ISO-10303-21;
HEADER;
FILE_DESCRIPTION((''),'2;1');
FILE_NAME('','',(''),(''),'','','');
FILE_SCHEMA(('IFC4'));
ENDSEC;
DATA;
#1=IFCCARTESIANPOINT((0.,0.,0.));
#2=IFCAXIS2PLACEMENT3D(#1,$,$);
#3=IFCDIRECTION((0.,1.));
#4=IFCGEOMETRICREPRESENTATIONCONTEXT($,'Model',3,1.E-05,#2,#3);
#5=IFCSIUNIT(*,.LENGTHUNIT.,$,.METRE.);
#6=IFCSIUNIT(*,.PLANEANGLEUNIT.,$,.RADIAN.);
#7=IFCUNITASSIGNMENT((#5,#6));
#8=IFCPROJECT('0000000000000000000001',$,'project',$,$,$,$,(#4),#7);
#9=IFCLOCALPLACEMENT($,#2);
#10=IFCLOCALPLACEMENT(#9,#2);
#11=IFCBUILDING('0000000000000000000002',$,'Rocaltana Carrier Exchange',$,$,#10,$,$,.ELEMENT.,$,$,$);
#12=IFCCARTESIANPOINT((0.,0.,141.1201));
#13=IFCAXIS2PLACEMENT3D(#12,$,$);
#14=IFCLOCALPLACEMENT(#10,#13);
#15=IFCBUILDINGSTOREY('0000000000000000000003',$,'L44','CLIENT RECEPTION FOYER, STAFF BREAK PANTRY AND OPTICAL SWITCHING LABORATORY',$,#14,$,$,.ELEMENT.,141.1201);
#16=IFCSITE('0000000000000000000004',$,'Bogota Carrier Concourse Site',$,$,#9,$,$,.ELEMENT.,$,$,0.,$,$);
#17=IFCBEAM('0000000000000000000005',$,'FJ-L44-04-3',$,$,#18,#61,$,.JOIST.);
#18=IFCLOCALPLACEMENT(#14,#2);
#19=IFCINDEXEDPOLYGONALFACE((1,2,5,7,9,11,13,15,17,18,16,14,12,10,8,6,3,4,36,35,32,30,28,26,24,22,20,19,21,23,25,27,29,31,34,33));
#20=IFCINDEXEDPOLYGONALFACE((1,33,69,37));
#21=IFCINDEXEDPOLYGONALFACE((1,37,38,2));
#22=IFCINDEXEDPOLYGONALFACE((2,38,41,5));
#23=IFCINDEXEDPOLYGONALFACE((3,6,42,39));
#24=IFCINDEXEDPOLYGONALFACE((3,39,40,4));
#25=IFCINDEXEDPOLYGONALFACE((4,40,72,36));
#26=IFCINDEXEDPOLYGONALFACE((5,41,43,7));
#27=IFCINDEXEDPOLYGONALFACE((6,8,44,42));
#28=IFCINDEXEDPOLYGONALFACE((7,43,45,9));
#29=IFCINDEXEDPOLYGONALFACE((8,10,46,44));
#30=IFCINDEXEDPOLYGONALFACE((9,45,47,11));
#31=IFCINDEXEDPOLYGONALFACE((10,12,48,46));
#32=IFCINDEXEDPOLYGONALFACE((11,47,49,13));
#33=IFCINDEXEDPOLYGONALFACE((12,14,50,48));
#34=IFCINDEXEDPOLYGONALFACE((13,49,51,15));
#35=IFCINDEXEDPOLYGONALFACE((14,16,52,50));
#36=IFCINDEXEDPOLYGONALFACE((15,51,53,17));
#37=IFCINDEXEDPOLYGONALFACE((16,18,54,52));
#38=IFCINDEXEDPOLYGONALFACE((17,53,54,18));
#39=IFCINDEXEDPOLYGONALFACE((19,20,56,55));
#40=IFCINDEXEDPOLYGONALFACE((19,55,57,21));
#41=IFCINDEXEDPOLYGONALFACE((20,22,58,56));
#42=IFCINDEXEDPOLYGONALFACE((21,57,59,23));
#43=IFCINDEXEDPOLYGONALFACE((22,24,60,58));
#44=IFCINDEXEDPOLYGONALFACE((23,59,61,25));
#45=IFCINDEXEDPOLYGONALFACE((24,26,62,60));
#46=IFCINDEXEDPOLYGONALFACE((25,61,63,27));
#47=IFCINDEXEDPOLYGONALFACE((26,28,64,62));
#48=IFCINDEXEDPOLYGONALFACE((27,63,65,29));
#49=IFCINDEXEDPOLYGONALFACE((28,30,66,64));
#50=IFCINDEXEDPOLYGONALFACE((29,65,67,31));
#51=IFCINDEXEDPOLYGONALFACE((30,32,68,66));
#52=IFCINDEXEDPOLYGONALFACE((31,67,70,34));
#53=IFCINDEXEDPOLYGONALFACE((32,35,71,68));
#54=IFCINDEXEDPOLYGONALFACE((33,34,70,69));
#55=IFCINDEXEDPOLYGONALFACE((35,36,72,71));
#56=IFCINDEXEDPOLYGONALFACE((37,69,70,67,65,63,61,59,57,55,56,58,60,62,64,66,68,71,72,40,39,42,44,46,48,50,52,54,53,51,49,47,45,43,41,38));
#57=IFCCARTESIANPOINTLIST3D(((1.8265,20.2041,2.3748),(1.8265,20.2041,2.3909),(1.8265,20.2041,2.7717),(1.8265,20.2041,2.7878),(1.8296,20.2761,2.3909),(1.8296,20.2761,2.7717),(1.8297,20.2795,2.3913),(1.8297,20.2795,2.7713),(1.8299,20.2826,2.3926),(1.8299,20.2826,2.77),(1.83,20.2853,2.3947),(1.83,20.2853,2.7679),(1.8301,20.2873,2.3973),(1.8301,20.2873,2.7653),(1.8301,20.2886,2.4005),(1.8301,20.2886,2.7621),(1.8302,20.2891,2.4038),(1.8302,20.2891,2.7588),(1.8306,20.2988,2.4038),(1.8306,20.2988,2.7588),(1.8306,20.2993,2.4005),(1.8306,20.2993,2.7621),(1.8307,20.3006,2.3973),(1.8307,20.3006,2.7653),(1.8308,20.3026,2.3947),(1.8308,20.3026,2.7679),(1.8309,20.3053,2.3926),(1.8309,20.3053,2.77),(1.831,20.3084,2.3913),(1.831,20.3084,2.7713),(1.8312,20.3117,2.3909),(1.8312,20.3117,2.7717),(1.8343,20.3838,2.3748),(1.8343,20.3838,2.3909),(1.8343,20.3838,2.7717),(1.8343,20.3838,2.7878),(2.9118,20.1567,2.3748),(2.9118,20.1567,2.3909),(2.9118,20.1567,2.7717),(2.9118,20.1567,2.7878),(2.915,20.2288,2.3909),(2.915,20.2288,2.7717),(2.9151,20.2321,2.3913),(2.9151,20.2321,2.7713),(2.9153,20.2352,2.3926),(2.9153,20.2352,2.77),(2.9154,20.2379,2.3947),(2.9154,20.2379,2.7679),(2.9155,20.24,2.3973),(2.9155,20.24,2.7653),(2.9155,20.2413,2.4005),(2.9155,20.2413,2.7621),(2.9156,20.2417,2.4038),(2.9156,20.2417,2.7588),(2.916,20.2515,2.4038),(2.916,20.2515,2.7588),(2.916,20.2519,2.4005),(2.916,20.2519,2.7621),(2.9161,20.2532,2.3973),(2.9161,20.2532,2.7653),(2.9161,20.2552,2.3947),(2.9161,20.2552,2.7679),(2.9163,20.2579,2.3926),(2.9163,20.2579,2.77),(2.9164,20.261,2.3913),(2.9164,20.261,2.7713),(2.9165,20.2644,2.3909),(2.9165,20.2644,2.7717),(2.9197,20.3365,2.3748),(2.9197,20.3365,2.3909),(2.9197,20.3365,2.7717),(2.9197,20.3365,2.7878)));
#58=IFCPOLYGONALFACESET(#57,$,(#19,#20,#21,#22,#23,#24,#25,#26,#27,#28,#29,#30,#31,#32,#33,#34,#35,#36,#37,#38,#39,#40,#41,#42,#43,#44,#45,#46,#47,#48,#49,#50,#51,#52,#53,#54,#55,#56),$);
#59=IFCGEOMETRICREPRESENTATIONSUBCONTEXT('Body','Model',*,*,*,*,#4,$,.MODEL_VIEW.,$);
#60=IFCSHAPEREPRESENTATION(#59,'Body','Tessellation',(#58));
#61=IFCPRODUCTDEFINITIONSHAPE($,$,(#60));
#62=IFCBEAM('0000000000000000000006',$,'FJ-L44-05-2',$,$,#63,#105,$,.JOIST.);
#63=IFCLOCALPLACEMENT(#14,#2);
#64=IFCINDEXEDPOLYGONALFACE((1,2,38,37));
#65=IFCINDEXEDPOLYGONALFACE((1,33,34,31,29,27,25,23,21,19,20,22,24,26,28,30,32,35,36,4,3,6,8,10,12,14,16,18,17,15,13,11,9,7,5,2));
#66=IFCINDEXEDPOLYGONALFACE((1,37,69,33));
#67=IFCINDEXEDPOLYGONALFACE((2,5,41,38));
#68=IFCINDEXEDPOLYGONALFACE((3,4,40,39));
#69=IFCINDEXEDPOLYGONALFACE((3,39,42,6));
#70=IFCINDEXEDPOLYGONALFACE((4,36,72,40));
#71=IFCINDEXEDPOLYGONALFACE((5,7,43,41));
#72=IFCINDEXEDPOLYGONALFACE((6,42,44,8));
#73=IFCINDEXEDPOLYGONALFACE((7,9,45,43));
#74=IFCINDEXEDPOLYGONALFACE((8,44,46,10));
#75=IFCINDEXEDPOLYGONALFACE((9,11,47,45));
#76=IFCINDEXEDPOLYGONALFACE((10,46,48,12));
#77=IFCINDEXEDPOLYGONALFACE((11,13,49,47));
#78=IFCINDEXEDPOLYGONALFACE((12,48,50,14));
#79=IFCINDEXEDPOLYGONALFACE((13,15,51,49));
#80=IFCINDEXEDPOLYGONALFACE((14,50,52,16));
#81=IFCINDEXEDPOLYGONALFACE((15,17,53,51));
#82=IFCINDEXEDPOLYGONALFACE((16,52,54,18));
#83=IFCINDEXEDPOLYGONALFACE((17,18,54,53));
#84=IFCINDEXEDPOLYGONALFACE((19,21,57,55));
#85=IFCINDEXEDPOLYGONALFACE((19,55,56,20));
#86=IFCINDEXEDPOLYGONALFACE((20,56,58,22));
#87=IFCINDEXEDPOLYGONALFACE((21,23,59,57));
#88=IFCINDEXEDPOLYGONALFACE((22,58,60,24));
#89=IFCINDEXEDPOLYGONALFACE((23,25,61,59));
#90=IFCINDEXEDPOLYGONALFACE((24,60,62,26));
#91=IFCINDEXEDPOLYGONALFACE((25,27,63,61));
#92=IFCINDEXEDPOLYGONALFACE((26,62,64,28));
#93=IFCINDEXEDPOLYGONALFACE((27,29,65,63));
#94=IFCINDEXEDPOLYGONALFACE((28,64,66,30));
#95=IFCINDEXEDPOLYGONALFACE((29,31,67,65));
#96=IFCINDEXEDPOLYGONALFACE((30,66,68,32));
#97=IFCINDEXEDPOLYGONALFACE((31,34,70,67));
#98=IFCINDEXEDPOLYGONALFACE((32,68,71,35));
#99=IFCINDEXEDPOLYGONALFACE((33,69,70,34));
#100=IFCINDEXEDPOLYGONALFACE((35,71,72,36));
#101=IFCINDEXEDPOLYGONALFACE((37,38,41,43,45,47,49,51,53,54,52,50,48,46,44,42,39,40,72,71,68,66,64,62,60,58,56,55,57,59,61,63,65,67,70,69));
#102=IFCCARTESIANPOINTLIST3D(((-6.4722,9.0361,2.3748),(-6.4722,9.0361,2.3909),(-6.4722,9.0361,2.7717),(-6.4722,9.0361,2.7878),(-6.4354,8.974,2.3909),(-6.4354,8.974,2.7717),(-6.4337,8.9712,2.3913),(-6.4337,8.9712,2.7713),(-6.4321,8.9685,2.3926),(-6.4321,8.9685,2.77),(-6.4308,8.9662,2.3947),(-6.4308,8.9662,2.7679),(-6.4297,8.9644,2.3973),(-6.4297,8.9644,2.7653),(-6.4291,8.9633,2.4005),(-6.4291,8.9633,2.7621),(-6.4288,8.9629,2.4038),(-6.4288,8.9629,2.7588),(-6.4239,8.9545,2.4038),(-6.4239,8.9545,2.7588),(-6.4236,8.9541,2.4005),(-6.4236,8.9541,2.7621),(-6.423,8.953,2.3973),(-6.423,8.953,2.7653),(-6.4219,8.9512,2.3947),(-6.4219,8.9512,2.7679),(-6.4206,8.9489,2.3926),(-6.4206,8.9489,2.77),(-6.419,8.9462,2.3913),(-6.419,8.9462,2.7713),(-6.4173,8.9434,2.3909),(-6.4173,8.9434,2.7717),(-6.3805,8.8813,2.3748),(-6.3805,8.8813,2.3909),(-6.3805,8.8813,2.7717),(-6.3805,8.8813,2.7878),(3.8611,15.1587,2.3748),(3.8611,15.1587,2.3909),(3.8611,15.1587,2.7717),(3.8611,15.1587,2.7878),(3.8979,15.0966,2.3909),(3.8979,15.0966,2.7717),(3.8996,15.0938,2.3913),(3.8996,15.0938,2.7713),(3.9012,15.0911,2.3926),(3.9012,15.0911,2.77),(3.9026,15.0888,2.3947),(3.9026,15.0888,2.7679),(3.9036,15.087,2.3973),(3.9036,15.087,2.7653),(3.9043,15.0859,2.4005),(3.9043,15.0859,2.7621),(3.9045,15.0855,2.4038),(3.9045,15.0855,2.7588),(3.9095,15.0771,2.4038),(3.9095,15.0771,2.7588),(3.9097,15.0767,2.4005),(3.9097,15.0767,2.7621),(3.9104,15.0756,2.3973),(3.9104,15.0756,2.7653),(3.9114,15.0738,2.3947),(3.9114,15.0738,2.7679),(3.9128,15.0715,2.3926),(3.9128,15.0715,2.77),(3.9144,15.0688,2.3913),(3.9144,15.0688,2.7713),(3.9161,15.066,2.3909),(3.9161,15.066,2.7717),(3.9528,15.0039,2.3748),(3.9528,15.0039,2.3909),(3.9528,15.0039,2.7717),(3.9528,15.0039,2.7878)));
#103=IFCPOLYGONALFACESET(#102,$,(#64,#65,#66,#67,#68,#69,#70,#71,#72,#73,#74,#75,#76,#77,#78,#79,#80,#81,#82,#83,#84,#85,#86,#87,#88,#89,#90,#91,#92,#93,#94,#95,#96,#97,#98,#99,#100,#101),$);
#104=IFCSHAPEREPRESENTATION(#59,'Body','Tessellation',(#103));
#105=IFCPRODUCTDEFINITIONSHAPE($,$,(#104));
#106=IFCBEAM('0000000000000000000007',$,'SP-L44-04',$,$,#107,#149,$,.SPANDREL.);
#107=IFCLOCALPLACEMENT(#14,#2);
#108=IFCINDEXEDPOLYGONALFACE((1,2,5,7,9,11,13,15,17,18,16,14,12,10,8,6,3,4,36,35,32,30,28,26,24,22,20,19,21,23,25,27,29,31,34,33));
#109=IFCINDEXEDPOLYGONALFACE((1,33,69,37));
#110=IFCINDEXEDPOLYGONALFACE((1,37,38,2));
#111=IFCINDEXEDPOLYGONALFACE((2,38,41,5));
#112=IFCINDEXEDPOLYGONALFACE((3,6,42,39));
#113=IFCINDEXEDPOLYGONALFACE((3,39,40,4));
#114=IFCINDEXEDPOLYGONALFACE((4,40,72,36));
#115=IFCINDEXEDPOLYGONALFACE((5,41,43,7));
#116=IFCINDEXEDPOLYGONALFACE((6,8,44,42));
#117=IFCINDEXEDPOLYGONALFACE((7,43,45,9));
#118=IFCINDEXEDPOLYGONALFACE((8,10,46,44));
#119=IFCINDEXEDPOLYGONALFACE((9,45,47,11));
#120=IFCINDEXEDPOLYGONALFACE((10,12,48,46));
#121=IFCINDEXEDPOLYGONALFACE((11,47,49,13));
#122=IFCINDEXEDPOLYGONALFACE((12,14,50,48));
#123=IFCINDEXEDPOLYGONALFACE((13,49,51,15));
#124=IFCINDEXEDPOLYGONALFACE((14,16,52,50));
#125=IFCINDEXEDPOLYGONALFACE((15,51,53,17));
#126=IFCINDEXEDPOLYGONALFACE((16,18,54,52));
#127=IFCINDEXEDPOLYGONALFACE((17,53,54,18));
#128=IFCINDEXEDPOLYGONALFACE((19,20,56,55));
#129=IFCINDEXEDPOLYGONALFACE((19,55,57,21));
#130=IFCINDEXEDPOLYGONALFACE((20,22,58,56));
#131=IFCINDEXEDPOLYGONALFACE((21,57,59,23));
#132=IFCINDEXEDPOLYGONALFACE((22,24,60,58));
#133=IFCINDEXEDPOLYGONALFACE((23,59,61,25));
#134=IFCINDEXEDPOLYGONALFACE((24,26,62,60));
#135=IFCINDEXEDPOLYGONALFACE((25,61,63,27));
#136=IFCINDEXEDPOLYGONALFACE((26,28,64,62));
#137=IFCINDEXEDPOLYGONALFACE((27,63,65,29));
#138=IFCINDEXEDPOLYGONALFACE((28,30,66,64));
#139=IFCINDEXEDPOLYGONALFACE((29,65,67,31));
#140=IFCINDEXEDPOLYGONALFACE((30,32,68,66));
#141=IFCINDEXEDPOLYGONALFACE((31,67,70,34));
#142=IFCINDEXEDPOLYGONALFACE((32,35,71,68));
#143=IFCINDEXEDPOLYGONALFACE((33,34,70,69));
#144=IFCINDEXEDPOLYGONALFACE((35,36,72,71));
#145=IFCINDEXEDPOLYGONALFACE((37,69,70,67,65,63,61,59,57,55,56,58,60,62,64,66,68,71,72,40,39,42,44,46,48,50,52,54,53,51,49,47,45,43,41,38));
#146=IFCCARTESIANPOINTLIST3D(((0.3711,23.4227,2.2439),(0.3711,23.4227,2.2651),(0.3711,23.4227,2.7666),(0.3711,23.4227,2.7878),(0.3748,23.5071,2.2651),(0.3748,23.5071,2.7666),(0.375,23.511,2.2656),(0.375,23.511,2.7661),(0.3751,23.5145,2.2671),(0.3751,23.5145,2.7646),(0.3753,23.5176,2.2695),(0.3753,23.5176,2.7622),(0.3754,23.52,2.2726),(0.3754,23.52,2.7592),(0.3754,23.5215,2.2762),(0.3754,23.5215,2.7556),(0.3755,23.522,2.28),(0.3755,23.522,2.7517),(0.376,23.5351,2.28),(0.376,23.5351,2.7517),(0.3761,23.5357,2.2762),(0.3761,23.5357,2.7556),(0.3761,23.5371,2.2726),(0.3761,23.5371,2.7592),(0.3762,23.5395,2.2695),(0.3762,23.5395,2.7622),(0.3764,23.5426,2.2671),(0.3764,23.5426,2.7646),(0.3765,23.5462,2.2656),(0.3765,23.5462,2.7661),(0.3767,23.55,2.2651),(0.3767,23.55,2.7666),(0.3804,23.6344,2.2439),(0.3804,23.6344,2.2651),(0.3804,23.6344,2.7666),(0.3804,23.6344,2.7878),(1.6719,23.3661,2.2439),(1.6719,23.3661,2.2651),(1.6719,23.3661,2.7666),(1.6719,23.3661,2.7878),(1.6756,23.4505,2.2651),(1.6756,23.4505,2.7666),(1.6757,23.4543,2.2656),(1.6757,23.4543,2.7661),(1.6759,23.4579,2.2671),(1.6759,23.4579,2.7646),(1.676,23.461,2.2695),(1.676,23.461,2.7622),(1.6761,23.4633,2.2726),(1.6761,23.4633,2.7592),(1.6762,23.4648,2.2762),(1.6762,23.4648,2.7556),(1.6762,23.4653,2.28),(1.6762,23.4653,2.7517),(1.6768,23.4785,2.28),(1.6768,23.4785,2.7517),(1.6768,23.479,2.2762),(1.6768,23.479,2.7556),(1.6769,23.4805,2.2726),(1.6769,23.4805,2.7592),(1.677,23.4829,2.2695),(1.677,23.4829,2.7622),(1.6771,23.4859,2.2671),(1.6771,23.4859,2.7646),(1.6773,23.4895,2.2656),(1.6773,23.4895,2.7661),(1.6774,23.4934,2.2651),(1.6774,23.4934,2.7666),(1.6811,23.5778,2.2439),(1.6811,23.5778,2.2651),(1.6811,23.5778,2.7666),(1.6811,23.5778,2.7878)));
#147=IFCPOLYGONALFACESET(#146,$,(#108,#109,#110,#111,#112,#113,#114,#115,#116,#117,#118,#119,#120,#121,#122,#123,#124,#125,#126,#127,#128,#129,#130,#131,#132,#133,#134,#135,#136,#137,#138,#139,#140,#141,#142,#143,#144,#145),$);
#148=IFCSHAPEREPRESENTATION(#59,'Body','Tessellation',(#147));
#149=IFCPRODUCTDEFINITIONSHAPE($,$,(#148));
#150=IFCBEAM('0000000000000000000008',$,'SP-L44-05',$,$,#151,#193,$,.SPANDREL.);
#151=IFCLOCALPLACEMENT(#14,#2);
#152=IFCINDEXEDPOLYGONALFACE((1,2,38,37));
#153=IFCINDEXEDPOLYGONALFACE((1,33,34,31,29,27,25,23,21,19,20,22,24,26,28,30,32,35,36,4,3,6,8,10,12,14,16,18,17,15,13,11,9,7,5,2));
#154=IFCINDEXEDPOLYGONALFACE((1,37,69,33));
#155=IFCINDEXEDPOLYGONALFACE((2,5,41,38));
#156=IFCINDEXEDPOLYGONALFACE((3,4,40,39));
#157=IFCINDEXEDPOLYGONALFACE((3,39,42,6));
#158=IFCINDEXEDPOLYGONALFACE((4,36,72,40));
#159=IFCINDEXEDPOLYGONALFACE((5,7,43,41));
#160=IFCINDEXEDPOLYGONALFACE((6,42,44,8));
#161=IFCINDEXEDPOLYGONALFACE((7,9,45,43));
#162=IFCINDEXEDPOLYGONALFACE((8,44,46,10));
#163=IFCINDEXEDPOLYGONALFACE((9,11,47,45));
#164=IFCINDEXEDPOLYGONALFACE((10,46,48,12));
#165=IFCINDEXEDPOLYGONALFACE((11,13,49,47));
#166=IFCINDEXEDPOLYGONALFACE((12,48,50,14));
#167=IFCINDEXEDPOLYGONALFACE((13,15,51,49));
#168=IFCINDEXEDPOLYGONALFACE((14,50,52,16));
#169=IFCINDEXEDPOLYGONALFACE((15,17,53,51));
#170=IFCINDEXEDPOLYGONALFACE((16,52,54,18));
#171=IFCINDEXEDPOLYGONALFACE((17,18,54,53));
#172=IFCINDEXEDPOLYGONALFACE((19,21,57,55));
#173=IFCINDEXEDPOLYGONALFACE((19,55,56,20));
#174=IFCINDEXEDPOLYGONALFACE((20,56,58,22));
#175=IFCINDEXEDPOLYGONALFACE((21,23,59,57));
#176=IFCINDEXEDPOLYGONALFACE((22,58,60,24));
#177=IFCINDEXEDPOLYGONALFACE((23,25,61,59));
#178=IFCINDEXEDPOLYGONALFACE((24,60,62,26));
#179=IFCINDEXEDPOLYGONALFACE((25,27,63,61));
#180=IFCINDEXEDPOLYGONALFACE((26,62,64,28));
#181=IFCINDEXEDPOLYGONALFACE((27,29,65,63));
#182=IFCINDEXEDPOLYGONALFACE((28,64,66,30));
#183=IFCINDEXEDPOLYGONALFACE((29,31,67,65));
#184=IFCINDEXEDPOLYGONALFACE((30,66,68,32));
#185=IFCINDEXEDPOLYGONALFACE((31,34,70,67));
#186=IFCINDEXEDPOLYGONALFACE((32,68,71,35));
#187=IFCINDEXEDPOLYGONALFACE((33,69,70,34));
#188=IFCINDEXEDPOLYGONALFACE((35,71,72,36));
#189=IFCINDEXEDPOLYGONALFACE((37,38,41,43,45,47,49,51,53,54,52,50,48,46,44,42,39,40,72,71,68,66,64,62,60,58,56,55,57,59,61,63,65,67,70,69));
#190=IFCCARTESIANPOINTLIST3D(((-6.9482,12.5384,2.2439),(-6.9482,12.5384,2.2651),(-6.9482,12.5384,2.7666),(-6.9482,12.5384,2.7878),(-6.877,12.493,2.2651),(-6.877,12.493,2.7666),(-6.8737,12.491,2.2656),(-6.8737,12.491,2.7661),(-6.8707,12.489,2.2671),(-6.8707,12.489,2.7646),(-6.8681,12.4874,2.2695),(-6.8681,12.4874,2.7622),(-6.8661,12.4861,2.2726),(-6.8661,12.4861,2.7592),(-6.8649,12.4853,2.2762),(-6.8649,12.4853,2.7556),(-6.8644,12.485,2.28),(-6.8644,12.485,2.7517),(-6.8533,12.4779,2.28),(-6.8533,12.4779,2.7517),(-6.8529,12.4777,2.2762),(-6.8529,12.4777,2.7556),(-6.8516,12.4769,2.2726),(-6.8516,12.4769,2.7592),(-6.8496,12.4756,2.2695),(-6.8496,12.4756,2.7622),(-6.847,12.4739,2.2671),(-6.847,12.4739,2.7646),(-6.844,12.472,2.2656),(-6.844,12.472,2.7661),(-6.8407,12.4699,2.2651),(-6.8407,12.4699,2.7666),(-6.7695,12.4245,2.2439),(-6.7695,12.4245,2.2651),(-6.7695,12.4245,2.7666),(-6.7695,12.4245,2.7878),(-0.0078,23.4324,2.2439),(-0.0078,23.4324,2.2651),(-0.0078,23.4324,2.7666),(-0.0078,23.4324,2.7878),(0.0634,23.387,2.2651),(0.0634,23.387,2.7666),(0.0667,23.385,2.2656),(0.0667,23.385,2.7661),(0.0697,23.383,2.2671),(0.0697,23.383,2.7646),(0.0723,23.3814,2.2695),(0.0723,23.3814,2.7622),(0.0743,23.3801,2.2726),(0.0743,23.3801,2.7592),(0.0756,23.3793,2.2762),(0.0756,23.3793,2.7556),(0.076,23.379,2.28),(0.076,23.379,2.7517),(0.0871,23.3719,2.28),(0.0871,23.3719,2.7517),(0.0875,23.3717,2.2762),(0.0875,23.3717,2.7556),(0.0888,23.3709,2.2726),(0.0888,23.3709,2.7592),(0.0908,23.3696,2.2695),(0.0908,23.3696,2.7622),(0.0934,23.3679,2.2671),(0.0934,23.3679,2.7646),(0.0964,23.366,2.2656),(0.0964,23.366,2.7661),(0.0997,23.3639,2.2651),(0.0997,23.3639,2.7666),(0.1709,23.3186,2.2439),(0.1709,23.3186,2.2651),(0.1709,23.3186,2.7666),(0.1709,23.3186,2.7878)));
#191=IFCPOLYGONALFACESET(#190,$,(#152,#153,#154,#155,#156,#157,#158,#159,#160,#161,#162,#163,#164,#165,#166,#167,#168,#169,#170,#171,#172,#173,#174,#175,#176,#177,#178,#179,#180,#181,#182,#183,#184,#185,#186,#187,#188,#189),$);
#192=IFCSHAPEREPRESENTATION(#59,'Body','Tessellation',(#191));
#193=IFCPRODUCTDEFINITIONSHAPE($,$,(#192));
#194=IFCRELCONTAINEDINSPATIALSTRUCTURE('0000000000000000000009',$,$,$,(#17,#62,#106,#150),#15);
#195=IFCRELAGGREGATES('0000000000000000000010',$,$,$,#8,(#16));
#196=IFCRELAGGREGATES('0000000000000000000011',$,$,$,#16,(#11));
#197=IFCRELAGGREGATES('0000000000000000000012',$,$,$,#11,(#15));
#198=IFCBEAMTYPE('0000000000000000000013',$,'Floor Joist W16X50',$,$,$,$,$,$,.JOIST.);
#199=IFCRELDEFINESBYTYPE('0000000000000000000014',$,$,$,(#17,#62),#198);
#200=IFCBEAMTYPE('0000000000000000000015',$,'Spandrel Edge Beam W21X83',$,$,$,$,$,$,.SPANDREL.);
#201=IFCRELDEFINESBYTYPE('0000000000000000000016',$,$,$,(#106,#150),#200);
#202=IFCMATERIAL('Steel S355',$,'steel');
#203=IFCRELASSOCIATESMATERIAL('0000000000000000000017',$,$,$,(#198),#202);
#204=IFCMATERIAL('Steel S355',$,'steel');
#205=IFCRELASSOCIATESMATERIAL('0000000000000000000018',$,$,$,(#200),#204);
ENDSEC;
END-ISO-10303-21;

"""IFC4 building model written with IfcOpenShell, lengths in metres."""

from ifc_helpers import new_model, si_unit, direction, frame, origin, origin_2d, place, context, subcontext, project, spatial, i_section, extrude, material, material_profile, profile_set, type_object, element, save


model = new_model("IFC4")

# Units and contexts
model_context = context("Model", 3, precision=1e-05, world=origin(), true_north=direction((0.0, 1.0)))
body_context = subcontext(model_context, "Body", "Model", "MODEL_VIEW")
ifc_project = project(units=[si_unit("LENGTHUNIT", "METRE"), si_unit("PLANEANGLEUNIT", "RADIAN")], contexts=[model_context])

# Site, building, storey
site_placement = place(None, origin())
site = spatial("IfcSite", under=ifc_project, at=site_placement, Name="Bogota Carrier Concourse Site", CompositionType="ELEMENT", RefElevation=0.0)
building_placement = place(site_placement, origin())
building = spatial("IfcBuilding", under=site, at=building_placement, Name="Rocaltana Carrier Exchange", CompositionType="ELEMENT")
storey_placement = place(building_placement, frame((0.0, 0.0, 141.1201)))
storey = spatial("IfcBuildingStorey", under=building, at=storey_placement, Name="L44", Description="CLIENT RECEPTION FOYER, STAFF BREAK PANTRY AND OPTICAL SWITCHING LABORATORY", CompositionType="ELEMENT", Elevation=141.1201)

# Beams
ifc_material_1 = material(Name="Steel S355", Category="steel")
ifc_material_profile_1 = material_profile(ifc_material_1, i_section(OverallWidth=0.1799, OverallDepth=0.4131, WebThickness=0.0098, FlangeThickness=0.0161, FilletRadius=0.0129, at=origin_2d()), Name="W16X50")
ifc_profile_set_1 = profile_set([ifc_material_profile_1], Name="Steel S355")
beam_type_1 = type_object("IfcBeamType", Name="Floor Joist W16X50", PredefinedType="JOIST", material=ifc_profile_set_1)
beam_1_placement = place(storey_placement, frame((2.9158, 20.2466, 2.5813), z_axis=(-0.999049, 0.043593, 0.0), x_axis=(-0.043593, -0.999049, 0.0)))
element("IfcBeam", 1, at=beam_1_placement, inside=storey, type_object=beam_type_1, Name="FJ-L44-04-3", PredefinedType="JOIST", context=body_context, shape_type="SweptSolid", body=[
    extrude(i_section(OverallWidth=0.1799, OverallDepth=0.4131, WebThickness=0.0098, FlangeThickness=0.0161, FilletRadius=0.0129, at=origin_2d()), origin(), (0.0, 0.0, 1.0), 1.0864),
])
beam_2_placement = place(storey_placement, frame((3.907, 15.0813, 2.5813), z_axis=(-0.860323, -0.50975, 0.0), x_axis=(0.50975, -0.860323, 0.0)))
element("IfcBeam", 2, at=beam_2_placement, inside=storey, type_object=beam_type_1, Name="FJ-L44-05-2", PredefinedType="JOIST", context=body_context, shape_type="SweptSolid", body=[
    extrude(i_section(OverallWidth=0.1799, OverallDepth=0.4131, WebThickness=0.0098, FlangeThickness=0.0161, FilletRadius=0.0129, at=origin_2d()), origin(), (0.0, 0.0, 1.0), 12.011),
])
ifc_material_2 = material(Name="Steel S355", Category="steel")
ifc_material_profile_2 = material_profile(ifc_material_2, i_section(OverallWidth=0.2119, OverallDepth=0.5439, WebThickness=0.0132, FlangeThickness=0.0212, FilletRadius=0.0149, at=origin_2d()), Name="W21X83")
ifc_profile_set_2 = profile_set([ifc_material_profile_2], Name="Steel S355")
beam_type_2 = type_object("IfcBeamType", Name="Spandrel Edge Beam W21X83", PredefinedType="SPANDREL", material=ifc_profile_set_2)
beam_3_placement = place(storey_placement, frame((1.6765, 23.4719, 2.5159), z_axis=(-0.999053, 0.043502, 0.0), x_axis=(-0.043502, -0.999053, 0.0)))
element("IfcBeam", 3, at=beam_3_placement, inside=storey, type_object=beam_type_2, Name="SP-L44-04", PredefinedType="SPANDREL", context=body_context, shape_type="SweptSolid", body=[
    extrude(i_section(OverallWidth=0.2119, OverallDepth=0.5439, WebThickness=0.0132, FlangeThickness=0.0212, FilletRadius=0.0149, at=origin_2d()), origin(), (0.0, 0.0, 1.0), 1.302),
])
beam_4_placement = place(storey_placement, frame((0.0815, 23.3755, 2.5159), z_axis=(-0.537308, -0.843386, 0.0), x_axis=(0.843386, -0.537308, 0.0)))
element("IfcBeam", 4, at=beam_4_placement, inside=storey, type_object=beam_type_2, Name="SP-L44-05", PredefinedType="SPANDREL", context=body_context, shape_type="SweptSolid", body=[
    extrude(i_section(OverallWidth=0.2119, OverallDepth=0.5439, WebThickness=0.0132, FlangeThickness=0.0212, FilletRadius=0.0149, at=origin_2d()), origin(), (0.0, 0.0, 1.0), 12.917),
])

save(model, "model.ifc")
